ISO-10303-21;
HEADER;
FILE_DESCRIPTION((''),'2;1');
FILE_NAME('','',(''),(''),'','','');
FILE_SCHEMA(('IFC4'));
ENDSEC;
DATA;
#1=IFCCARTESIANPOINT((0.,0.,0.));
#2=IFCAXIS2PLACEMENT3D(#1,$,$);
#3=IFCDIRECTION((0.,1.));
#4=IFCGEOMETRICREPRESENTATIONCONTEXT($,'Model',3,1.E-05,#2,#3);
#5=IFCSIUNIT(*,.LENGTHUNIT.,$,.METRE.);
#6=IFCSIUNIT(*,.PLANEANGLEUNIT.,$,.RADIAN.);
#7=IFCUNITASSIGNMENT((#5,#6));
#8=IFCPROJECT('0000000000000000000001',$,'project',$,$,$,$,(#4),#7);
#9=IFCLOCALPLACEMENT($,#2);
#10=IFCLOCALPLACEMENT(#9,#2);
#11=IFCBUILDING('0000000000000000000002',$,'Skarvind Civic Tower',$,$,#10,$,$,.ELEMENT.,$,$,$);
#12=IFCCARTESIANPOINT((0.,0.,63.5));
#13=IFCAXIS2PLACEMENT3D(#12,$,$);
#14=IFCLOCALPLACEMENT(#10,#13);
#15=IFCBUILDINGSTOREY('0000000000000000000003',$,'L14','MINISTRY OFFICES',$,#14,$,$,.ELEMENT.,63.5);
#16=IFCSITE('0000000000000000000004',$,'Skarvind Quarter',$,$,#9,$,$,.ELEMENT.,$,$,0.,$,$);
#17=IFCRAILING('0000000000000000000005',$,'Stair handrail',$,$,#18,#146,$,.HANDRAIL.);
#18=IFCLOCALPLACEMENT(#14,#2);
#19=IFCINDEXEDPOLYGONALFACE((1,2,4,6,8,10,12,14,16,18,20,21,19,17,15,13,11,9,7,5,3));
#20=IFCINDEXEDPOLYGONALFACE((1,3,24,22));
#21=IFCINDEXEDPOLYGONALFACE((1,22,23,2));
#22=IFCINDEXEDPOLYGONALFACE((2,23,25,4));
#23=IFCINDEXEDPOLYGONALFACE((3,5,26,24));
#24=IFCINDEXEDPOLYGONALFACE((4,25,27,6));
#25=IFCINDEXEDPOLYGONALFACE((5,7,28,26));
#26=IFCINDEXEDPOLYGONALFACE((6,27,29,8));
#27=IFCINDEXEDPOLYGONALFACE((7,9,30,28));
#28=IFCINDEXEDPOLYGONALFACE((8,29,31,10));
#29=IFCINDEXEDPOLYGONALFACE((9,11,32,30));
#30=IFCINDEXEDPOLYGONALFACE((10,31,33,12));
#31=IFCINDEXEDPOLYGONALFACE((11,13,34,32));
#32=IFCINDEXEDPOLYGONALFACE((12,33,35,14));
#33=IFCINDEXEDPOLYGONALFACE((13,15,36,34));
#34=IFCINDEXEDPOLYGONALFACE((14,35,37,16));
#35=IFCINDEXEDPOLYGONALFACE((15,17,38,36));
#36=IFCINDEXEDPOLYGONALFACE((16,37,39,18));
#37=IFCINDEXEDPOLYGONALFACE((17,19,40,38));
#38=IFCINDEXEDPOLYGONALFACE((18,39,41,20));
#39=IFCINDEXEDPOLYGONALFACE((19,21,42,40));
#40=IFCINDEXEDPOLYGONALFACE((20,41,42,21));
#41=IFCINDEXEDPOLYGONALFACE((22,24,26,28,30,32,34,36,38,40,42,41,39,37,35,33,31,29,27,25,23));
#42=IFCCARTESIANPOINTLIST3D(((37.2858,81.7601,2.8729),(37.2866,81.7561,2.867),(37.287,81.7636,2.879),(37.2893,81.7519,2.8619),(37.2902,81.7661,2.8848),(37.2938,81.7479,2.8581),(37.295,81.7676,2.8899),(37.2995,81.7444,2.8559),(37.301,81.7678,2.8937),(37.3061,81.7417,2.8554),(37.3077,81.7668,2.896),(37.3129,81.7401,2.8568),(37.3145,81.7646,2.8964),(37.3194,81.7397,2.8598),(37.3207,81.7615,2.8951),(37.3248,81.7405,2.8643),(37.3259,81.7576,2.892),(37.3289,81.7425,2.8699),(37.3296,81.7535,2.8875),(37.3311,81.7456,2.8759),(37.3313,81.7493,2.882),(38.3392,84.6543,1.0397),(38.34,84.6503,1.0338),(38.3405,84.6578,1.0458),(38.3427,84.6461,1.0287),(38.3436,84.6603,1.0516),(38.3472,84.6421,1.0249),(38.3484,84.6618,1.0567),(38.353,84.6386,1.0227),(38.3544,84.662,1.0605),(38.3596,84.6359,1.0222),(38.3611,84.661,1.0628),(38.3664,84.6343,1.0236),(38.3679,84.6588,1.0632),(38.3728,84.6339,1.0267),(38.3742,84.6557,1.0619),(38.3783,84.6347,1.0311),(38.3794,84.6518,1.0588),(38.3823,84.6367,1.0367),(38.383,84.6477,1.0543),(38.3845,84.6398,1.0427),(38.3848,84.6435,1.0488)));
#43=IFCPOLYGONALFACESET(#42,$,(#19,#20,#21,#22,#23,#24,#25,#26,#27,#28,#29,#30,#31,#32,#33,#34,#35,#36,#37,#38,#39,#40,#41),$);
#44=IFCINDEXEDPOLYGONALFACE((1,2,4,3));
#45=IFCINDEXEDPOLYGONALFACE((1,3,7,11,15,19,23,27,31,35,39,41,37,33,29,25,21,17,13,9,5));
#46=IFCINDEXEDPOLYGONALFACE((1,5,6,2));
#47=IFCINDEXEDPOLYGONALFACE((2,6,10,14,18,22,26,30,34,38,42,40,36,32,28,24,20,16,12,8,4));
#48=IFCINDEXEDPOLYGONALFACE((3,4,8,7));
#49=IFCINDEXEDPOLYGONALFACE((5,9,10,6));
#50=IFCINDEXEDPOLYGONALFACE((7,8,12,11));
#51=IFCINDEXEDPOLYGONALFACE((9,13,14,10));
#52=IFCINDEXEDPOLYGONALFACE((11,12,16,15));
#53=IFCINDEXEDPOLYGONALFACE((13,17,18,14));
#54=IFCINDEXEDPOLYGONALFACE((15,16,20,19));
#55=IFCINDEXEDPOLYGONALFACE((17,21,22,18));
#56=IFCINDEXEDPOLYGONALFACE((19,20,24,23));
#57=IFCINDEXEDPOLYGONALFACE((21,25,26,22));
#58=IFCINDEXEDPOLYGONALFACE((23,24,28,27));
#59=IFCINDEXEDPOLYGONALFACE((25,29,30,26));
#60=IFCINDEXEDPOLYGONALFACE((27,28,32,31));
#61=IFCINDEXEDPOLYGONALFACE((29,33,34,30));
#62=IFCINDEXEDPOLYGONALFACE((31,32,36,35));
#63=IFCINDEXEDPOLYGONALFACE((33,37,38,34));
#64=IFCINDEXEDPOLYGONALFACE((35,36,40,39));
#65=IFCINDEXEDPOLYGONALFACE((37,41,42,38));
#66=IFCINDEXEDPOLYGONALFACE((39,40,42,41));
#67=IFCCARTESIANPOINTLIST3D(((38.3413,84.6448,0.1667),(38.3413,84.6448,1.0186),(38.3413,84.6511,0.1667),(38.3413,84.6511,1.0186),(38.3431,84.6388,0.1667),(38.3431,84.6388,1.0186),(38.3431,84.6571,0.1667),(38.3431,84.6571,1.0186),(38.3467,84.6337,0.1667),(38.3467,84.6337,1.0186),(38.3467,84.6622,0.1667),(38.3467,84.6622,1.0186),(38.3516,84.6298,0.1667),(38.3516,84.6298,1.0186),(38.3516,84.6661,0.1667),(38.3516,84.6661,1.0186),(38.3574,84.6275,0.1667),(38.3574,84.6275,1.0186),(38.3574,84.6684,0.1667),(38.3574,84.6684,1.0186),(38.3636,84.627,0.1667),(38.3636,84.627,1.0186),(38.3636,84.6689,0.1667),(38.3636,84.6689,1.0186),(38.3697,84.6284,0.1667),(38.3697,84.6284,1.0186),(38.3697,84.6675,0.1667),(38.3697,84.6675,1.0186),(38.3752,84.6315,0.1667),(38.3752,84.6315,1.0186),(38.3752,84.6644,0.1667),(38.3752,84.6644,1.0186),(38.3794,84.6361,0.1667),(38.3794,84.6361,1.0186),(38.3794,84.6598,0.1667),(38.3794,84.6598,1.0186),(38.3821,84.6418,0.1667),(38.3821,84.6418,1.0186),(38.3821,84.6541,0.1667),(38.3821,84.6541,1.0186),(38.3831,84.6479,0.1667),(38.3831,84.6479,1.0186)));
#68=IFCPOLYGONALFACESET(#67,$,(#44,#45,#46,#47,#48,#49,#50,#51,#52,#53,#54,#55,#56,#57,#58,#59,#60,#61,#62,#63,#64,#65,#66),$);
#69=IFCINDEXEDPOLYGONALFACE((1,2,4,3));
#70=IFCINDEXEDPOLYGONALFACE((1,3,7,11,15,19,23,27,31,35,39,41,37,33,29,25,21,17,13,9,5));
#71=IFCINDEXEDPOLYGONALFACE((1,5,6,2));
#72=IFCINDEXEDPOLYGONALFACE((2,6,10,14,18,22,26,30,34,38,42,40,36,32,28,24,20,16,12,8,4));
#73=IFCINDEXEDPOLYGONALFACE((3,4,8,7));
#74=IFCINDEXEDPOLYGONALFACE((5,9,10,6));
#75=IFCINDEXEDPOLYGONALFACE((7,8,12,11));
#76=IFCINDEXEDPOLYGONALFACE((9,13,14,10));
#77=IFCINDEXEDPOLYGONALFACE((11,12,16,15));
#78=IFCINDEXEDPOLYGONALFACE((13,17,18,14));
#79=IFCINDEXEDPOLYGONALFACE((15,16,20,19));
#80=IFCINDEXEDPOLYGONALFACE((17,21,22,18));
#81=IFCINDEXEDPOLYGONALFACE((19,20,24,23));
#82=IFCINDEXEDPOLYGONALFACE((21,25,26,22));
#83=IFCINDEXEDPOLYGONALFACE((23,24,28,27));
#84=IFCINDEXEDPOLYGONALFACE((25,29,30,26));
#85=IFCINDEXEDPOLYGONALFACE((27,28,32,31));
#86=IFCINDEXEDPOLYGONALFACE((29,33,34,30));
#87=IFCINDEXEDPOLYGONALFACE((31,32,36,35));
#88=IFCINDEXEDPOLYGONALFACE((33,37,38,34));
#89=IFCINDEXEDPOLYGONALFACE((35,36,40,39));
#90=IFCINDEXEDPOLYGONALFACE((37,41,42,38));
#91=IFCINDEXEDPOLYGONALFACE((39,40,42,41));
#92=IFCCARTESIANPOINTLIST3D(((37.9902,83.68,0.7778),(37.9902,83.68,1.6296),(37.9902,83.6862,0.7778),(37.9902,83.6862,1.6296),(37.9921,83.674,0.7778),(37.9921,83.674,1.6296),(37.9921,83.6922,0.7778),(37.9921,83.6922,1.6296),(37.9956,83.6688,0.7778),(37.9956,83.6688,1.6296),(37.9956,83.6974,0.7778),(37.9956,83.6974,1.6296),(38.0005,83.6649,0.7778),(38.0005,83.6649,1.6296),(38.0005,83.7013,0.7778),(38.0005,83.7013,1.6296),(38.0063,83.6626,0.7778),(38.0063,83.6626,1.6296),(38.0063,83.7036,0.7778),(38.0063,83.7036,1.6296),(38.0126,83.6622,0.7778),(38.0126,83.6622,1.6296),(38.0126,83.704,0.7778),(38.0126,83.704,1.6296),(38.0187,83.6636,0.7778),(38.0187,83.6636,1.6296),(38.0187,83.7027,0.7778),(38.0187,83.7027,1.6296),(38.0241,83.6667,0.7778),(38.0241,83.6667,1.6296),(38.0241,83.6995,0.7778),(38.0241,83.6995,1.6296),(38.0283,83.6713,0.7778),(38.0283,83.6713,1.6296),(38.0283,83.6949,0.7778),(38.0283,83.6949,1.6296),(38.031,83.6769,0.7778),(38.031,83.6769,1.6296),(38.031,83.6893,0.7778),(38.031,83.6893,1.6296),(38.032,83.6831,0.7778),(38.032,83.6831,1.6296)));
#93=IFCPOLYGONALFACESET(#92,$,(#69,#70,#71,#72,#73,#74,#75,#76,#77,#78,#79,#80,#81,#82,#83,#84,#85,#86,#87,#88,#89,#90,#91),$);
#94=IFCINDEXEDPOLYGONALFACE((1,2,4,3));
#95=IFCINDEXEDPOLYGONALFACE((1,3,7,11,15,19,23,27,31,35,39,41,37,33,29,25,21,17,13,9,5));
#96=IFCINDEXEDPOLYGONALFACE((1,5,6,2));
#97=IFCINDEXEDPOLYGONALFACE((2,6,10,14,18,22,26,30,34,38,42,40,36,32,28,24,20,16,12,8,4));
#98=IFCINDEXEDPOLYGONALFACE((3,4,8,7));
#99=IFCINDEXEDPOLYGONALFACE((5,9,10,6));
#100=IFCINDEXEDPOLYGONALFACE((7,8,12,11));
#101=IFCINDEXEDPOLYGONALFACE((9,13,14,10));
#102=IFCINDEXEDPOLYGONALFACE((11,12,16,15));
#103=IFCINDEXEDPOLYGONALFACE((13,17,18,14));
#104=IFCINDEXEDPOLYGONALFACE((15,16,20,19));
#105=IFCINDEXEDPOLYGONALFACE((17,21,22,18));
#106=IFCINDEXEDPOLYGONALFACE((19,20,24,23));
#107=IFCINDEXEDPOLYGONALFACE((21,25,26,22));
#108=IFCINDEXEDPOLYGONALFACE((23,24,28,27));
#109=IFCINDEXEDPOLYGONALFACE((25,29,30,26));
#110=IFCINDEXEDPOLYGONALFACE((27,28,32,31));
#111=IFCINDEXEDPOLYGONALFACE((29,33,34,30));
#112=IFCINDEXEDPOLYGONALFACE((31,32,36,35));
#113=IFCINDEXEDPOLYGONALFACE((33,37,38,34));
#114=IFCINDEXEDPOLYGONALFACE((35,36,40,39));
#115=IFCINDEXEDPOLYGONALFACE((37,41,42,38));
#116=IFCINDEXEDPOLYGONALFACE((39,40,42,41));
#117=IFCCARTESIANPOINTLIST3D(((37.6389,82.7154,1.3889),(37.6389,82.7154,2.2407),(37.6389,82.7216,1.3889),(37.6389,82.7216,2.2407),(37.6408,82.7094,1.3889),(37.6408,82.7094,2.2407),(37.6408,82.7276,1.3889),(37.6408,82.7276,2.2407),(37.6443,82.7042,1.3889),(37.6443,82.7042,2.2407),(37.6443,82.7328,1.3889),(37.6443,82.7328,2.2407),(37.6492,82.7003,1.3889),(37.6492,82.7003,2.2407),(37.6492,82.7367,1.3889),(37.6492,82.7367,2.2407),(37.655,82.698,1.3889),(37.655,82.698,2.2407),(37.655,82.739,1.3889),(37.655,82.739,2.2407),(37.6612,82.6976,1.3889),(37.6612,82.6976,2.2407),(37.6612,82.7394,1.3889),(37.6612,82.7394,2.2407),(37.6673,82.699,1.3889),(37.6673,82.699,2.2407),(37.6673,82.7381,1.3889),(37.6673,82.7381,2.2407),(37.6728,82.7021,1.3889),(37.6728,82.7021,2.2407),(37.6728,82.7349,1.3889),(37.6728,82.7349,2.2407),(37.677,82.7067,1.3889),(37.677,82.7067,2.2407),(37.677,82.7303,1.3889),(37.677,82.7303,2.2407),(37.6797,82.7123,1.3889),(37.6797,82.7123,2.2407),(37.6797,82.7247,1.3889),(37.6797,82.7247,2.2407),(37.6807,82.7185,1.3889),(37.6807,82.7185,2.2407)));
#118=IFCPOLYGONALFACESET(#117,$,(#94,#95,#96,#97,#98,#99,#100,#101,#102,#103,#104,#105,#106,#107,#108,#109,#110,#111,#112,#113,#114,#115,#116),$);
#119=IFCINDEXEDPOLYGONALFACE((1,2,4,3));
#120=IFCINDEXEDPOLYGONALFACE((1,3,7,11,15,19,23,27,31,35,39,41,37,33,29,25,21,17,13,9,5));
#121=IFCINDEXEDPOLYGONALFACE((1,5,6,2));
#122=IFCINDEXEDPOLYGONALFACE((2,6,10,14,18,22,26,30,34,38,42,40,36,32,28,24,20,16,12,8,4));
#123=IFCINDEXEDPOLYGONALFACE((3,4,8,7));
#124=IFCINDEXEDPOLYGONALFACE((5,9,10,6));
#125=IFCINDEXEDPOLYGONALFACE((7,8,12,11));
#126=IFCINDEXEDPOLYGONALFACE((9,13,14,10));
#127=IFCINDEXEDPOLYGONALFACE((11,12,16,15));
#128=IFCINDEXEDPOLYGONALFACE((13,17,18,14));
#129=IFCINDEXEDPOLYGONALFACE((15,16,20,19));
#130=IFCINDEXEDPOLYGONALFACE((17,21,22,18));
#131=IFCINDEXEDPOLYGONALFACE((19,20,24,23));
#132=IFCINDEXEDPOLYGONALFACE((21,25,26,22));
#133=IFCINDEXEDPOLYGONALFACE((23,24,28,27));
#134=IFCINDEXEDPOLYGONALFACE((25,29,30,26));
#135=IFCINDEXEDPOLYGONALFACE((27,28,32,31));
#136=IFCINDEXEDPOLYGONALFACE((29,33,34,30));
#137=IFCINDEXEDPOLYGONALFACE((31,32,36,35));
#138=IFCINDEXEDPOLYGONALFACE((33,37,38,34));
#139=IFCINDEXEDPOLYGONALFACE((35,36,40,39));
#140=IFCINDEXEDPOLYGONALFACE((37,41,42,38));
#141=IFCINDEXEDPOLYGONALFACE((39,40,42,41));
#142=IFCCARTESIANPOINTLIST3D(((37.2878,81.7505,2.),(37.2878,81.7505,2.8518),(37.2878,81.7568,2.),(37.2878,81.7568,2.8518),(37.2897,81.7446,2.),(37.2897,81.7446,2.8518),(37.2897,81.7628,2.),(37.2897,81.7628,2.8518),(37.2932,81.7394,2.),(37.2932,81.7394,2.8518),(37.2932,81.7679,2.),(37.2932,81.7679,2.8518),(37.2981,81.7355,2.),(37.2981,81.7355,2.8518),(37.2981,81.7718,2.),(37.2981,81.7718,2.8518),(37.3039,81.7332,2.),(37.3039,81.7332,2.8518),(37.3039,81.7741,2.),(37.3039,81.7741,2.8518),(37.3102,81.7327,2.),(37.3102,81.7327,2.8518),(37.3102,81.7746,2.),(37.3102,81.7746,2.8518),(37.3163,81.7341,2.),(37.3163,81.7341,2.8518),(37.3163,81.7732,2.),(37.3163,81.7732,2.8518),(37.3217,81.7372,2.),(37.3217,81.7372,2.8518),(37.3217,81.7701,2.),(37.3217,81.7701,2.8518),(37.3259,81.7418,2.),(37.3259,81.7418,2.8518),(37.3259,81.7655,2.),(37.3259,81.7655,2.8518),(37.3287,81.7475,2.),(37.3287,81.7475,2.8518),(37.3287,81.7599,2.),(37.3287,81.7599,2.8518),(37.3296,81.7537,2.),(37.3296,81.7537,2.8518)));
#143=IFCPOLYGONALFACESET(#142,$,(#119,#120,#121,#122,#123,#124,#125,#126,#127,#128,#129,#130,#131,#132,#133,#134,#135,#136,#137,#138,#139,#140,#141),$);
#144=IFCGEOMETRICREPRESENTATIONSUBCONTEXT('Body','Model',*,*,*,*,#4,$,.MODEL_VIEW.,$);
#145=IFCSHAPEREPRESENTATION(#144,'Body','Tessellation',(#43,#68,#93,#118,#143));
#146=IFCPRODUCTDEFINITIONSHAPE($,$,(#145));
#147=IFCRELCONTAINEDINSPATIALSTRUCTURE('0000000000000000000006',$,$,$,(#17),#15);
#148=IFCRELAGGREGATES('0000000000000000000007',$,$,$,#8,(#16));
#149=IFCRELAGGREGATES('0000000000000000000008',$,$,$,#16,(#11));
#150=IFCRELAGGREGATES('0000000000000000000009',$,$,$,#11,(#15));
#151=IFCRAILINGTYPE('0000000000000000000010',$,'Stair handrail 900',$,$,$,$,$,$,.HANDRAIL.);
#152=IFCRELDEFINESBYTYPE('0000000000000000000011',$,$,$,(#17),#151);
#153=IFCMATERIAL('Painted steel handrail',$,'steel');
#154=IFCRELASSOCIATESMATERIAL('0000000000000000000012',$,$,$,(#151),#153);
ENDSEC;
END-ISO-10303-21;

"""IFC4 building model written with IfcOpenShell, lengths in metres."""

from ifc_helpers import new_model, si_unit, direction, frame, origin, origin_2d, place, context, subcontext, project, spatial, circle, extrude, material, type_object, element, save


model = new_model("IFC4")

# Units and contexts
model_context = context("Model", 3, precision=1e-05, world=origin(), true_north=direction((0.0, 1.0)))
body_context = subcontext(model_context, "Body", "Model", "MODEL_VIEW")
ifc_project = project(units=[si_unit("LENGTHUNIT", "METRE"), si_unit("PLANEANGLEUNIT", "RADIAN")], contexts=[model_context])

# Site, building, storey
site_placement = place(None, origin())
site = spatial("IfcSite", under=ifc_project, at=site_placement, Name="Skarvind Quarter", CompositionType="ELEMENT", RefElevation=0.0)
building_placement = place(site_placement, origin())
building = spatial("IfcBuilding", under=site, at=building_placement, Name="Skarvind Civic Tower", CompositionType="ELEMENT")
storey_placement = place(building_placement, frame((0.0, 0.0, 63.5)))
storey = spatial("IfcBuildingStorey", under=building, at=storey_placement, Name="L14", Description="MINISTRY OFFICES", CompositionType="ELEMENT", Elevation=63.5)

# Railing
ifc_material_1 = material(Name="Painted steel handrail", Category="steel")
railing_type = type_object("IfcRailingType", Name="Stair handrail 900", PredefinedType="HANDRAIL", material=ifc_material_1)
railing_1_placement = place(storey_placement, frame((38.3621, 84.6479, 0.1667)))
element("IfcRailing", 1, at=railing_1_placement, inside=storey, type_object=railing_type, Name="Stair handrail", PredefinedType="HANDRAIL", context=body_context, shape_type="SweptSolid", body=[
    extrude(circle(Radius=0.0239, at=origin_2d()), frame((0.0, 0.0, 0.876), z_axis=(-0.293908, -0.807481, 0.511461), x_axis=(0.939689, -0.342029, 0.0)), (0.0, 0.0, 1.0), 3.5842),
    extrude(circle(Radius=0.021, at=origin_2d()), origin(), (0.0, 0.0, 1.0), 0.8518),
    extrude(circle(Radius=0.021, at=origin_2d()), frame((-0.3511, -0.9648, 0.6111)), (0.0, 0.0, 1.0), 0.8518),
    extrude(circle(Radius=0.021, at=origin_2d()), frame((-0.7024, -1.9294, 1.2222)), (0.0, 0.0, 1.0), 0.8518),
    extrude(circle(Radius=0.021, at=origin_2d()), frame((-1.0535, -2.8943, 1.8333)), (0.0, 0.0, 1.0), 0.8518),
])

save(model, "model.ifc")
